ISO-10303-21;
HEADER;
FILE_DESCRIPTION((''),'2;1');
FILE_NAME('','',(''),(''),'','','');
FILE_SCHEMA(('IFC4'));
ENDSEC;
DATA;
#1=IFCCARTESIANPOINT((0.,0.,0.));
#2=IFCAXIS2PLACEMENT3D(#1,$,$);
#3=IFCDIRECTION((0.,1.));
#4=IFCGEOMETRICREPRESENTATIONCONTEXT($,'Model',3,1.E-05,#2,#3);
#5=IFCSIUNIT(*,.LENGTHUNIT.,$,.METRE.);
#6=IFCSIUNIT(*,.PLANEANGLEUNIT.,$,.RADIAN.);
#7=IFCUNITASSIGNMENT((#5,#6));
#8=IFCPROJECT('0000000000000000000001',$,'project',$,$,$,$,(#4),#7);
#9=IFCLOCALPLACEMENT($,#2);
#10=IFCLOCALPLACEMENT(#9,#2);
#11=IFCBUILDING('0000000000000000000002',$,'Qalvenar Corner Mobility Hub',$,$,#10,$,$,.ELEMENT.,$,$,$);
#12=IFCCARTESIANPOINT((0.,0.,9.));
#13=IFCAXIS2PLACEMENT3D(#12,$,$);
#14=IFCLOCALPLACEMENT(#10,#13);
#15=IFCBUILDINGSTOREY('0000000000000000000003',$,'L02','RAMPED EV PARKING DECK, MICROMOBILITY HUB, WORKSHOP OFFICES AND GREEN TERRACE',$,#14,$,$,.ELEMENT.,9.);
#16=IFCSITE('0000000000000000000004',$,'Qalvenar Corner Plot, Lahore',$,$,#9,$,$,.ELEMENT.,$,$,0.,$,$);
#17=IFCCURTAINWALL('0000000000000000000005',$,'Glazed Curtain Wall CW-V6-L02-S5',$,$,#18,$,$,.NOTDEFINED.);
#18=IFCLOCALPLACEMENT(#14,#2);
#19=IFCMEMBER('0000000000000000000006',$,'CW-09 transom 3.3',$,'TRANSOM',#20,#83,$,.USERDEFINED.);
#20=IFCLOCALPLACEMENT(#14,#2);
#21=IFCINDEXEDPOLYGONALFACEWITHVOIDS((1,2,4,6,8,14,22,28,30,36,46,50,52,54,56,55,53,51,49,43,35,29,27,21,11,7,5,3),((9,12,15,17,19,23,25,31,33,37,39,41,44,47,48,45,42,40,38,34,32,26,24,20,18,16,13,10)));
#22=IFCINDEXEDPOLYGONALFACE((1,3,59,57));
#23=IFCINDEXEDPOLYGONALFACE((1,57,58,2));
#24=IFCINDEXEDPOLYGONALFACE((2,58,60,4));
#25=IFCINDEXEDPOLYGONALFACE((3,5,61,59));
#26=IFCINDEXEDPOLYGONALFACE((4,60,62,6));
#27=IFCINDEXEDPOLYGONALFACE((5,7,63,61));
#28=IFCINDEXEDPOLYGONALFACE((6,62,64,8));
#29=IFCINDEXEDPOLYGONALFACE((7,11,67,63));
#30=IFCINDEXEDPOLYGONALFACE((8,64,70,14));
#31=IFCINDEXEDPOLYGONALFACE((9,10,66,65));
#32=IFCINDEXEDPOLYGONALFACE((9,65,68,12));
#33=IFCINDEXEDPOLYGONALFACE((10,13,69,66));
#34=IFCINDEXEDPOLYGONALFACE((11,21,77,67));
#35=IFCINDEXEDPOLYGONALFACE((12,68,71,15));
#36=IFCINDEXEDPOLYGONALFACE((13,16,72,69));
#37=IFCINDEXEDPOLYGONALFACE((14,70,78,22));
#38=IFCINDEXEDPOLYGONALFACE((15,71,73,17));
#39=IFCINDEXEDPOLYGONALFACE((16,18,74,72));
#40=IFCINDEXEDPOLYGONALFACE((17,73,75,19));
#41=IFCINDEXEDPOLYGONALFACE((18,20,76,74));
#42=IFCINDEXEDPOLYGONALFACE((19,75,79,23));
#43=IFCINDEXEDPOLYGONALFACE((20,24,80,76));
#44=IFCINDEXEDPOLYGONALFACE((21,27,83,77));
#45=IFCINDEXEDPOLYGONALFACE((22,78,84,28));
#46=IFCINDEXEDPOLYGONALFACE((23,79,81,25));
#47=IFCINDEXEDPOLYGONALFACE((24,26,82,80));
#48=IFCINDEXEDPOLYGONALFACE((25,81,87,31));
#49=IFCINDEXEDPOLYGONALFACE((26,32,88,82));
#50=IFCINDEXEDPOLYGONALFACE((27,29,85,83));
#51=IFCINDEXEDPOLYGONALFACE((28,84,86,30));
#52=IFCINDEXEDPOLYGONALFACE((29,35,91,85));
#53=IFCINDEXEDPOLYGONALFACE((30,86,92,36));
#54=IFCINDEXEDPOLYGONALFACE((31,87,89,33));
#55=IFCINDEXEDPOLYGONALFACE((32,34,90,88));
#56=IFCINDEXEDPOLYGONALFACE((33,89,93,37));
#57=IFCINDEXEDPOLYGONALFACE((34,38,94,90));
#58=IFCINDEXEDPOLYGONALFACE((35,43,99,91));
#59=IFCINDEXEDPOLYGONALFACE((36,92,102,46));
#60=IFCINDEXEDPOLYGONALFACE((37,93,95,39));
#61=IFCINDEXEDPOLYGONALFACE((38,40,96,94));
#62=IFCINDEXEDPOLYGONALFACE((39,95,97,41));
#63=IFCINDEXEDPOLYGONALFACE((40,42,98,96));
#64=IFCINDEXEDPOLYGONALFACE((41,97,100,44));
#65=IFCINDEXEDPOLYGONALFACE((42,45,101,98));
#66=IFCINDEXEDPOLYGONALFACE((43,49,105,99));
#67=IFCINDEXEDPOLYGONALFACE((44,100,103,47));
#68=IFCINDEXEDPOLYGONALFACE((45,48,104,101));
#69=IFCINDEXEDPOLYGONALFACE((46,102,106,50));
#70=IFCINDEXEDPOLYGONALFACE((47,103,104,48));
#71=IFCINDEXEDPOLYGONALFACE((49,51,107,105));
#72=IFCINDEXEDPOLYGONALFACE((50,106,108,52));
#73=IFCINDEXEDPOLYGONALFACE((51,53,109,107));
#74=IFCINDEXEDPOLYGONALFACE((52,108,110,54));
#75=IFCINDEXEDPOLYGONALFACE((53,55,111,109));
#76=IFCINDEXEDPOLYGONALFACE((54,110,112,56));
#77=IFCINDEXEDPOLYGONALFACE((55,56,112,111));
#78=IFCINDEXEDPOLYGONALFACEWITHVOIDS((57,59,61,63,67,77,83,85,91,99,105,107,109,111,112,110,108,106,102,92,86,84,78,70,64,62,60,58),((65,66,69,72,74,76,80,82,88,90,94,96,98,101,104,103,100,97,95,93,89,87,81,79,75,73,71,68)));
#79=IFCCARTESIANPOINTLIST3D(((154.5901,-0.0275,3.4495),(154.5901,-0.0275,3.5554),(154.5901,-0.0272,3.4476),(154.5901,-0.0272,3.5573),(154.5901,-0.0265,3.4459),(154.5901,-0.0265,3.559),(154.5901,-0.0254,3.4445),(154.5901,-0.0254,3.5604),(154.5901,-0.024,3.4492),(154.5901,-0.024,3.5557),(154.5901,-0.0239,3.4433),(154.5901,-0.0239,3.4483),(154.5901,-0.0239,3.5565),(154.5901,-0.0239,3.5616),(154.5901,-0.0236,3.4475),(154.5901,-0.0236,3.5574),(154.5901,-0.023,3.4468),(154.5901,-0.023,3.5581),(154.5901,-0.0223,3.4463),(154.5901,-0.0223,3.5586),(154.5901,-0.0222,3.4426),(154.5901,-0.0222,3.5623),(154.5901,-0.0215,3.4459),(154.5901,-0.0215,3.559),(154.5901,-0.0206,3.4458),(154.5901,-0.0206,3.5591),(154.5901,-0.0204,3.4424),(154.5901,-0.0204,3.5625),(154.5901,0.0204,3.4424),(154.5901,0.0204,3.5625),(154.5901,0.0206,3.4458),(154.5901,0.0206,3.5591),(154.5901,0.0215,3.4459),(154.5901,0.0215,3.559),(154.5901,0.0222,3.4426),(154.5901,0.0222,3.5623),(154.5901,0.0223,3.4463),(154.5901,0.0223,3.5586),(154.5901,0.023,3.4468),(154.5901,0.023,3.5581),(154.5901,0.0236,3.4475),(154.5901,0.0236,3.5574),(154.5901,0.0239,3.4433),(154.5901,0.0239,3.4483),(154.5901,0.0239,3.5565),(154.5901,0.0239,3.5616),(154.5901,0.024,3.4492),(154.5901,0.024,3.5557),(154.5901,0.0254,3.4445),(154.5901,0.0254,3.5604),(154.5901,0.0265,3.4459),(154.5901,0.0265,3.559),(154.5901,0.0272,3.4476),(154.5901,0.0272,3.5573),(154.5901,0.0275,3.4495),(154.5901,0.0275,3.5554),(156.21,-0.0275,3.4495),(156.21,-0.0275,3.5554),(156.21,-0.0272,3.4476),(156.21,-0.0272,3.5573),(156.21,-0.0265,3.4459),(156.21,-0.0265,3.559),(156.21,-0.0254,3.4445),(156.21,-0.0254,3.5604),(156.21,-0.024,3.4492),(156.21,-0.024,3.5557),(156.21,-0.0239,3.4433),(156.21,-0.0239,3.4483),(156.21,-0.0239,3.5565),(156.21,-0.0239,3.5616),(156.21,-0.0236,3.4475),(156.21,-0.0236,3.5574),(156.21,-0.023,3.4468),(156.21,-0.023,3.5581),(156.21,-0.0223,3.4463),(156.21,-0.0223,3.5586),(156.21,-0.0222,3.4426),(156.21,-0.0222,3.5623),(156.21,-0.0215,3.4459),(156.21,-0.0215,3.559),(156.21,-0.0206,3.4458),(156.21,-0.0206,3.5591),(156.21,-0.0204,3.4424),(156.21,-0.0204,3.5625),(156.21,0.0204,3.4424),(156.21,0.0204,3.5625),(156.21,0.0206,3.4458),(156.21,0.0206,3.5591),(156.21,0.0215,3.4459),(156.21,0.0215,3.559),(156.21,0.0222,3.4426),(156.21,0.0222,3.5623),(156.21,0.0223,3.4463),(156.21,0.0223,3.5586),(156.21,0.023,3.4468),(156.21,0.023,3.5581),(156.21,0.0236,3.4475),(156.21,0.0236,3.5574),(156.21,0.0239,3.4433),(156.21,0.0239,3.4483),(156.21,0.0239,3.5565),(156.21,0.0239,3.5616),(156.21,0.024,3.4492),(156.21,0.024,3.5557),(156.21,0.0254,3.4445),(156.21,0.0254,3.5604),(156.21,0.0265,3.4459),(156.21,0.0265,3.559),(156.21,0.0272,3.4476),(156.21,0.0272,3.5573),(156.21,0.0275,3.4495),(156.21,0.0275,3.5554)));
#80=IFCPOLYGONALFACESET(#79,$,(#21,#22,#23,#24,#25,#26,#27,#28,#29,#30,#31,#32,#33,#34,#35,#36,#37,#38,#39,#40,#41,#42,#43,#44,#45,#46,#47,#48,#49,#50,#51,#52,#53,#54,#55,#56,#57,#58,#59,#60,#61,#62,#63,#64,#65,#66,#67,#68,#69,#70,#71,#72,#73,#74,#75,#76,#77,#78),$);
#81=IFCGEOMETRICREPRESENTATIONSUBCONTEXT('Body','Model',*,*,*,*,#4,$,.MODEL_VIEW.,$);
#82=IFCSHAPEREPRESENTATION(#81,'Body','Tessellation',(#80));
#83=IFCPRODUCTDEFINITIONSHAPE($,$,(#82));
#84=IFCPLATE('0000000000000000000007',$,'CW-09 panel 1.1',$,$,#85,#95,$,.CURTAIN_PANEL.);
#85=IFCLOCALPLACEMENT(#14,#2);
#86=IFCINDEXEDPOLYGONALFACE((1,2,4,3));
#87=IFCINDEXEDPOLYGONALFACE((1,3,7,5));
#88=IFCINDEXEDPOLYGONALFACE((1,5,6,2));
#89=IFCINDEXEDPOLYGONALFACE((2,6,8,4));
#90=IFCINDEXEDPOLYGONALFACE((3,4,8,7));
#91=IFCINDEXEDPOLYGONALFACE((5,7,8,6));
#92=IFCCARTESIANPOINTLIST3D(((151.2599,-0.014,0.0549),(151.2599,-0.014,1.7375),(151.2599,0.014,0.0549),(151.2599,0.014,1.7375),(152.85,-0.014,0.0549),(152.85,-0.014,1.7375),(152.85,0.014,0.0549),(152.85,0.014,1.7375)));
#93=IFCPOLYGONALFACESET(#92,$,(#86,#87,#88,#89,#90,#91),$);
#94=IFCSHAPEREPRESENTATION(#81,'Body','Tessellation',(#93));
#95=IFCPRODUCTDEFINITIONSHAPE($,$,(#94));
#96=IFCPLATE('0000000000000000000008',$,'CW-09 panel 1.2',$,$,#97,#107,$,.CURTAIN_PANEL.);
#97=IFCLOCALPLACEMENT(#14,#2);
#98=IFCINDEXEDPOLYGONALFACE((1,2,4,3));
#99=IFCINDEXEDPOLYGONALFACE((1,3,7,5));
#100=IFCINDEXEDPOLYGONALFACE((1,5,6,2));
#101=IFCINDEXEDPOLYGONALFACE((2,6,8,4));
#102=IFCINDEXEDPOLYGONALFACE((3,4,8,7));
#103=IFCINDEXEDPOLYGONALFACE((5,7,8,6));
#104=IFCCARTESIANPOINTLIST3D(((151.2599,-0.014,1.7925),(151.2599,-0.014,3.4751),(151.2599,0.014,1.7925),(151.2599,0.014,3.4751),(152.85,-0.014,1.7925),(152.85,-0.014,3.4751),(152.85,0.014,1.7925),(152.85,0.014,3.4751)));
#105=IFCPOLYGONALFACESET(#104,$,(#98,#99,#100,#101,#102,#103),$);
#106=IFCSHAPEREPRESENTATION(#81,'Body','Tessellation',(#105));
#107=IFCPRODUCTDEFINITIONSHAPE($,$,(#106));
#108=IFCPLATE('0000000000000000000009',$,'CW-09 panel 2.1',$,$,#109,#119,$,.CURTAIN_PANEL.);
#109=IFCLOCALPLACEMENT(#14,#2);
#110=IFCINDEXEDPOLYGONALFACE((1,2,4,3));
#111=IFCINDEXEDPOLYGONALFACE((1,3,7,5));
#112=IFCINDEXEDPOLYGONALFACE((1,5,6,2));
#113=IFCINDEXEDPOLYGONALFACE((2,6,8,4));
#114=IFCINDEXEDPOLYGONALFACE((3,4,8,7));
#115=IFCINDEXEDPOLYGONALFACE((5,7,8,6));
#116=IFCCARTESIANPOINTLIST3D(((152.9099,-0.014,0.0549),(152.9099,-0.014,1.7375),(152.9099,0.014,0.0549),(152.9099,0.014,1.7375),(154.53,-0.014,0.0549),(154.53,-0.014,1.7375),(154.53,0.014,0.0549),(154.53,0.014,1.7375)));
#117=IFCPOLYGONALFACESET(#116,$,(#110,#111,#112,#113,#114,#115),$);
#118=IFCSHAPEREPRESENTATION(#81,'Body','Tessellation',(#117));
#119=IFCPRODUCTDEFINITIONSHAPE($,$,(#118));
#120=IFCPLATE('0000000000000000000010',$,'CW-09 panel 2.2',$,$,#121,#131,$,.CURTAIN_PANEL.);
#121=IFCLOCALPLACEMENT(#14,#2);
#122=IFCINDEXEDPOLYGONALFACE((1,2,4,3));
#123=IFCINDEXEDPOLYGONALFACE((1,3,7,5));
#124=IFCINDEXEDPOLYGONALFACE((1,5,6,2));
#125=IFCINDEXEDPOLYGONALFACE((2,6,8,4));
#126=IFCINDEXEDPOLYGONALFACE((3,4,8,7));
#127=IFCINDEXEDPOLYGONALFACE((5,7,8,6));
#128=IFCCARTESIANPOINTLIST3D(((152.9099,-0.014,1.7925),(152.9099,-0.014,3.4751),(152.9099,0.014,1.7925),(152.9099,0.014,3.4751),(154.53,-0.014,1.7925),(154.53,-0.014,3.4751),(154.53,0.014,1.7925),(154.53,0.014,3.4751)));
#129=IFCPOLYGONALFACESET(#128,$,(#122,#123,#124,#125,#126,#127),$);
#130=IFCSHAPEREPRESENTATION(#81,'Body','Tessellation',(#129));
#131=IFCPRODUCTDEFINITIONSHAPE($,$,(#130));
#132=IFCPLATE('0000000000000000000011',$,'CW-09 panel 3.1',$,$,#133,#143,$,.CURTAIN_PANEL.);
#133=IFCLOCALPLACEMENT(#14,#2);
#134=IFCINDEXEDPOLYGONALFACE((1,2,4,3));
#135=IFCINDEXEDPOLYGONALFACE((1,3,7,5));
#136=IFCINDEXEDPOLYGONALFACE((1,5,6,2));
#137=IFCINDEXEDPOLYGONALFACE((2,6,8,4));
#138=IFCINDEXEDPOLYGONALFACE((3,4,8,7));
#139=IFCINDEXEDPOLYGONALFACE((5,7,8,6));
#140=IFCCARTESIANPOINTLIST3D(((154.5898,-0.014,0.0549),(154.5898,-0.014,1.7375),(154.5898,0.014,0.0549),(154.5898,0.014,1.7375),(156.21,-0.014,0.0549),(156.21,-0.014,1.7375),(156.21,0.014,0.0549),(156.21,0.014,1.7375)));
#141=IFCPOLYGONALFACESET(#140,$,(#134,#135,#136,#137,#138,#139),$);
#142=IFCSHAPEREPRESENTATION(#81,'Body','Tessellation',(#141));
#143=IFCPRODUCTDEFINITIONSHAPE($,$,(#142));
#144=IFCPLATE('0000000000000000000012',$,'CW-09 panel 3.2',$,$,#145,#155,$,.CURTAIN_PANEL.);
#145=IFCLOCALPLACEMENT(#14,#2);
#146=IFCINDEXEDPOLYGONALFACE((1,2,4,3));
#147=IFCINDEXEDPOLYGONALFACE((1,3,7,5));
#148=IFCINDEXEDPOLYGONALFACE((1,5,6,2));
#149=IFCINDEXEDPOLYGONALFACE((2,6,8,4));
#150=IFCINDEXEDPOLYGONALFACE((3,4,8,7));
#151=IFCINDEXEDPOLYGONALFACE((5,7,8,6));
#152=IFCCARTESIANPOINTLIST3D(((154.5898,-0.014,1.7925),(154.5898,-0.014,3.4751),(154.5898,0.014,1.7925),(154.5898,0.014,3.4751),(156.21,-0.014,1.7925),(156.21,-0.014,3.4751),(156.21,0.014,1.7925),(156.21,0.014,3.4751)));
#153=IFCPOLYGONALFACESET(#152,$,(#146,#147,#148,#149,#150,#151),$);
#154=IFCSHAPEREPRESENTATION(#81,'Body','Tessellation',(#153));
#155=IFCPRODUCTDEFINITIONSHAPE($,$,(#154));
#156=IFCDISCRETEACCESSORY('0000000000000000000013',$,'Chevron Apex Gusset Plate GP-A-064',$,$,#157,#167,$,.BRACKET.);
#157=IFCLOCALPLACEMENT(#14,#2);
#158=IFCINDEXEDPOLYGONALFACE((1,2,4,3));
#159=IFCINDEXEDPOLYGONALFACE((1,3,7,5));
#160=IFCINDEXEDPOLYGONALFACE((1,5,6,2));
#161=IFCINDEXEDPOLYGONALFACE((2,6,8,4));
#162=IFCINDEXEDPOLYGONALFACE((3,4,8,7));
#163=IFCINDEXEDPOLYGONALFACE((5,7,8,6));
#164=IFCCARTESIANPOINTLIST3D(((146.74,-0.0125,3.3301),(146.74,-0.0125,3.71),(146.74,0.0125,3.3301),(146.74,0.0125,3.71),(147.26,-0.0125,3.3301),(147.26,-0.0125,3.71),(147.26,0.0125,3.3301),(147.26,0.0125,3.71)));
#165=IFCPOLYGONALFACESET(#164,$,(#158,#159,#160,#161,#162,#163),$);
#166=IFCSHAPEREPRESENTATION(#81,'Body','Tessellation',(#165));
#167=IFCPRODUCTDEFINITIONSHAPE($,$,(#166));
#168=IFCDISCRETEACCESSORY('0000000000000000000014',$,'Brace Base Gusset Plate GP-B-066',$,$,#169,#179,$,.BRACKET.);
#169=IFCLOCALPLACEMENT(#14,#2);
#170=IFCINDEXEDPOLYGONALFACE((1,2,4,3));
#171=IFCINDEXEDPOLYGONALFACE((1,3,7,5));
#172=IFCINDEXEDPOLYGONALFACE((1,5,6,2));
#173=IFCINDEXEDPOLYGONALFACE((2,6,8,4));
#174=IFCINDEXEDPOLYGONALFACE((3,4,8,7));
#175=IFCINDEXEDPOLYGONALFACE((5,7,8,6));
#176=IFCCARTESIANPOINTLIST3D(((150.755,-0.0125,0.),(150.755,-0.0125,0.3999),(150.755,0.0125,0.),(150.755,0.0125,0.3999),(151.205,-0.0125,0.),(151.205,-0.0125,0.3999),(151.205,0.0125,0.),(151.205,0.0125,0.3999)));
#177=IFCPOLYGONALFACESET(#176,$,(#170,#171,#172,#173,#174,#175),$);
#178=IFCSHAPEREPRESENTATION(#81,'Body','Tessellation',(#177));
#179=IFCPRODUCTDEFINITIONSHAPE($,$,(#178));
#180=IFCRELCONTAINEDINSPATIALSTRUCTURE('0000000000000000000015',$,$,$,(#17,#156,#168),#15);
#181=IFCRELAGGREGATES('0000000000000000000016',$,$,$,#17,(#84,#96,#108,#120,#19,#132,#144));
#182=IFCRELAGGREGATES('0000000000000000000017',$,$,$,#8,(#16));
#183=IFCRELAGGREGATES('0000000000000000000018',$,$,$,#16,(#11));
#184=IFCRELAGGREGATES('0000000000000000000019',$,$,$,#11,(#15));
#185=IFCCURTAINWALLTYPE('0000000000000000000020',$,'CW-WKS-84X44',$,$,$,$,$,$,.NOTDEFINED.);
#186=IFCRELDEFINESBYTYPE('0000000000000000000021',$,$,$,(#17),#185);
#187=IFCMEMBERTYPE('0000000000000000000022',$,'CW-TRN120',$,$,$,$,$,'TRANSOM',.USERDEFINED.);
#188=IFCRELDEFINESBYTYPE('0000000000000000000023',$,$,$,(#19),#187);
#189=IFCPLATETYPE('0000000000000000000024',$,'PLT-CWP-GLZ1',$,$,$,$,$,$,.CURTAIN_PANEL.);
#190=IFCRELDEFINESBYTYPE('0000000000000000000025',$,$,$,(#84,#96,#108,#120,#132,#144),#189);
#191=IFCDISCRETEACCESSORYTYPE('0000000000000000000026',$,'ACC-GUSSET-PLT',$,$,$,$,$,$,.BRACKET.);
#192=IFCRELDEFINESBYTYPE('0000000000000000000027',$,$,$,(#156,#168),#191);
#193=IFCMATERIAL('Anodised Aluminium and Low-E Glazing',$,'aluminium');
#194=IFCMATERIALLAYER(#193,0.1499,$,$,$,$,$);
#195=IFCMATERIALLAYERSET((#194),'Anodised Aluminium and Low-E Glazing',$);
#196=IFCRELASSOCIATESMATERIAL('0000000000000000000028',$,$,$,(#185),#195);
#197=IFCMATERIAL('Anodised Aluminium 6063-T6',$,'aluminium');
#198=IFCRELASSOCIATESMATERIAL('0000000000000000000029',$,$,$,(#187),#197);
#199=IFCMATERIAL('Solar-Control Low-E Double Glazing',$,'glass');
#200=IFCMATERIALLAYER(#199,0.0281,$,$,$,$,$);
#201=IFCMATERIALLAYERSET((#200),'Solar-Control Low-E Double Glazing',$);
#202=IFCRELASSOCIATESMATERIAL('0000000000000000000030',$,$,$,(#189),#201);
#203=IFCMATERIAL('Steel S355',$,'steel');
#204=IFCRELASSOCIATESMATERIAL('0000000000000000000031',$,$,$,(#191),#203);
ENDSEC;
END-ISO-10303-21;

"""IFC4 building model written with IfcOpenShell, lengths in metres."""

from ifc_helpers import new_model, si_unit, direction, frame, origin, origin_2d, place, context, subcontext, project, spatial, rectangle, hollow_rectangle, extrude, material, layer, layer_set, material_profile, profile_set, type_object, element, aggregate, save


model = new_model("IFC4")

# Units and contexts
model_context = context("Model", 3, precision=1e-05, world=origin(), true_north=direction((0.0, 1.0)))
body_context = subcontext(model_context, "Body", "Model", "MODEL_VIEW")
ifc_project = project(units=[si_unit("LENGTHUNIT", "METRE"), si_unit("PLANEANGLEUNIT", "RADIAN")], contexts=[model_context])

# Site, building, storey
site_placement = place(None, origin())
site = spatial("IfcSite", under=ifc_project, at=site_placement, Name="Qalvenar Corner Plot, Lahore", CompositionType="ELEMENT", RefElevation=0.0)
building_placement = place(site_placement, origin())
building = spatial("IfcBuilding", under=site, at=building_placement, Name="Qalvenar Corner Mobility Hub", CompositionType="ELEMENT")
storey_placement = place(building_placement, frame((0.0, 0.0, 9.0)))
storey = spatial("IfcBuildingStorey", under=building, at=storey_placement, Name="L02", Description="RAMPED EV PARKING DECK, MICROMOBILITY HUB, WORKSHOP OFFICES AND GREEN TERRACE", CompositionType="ELEMENT", Elevation=9.0)

# Shared definitions
ifc_material_1 = material(Name="Steel S355", Category="steel")

# Curtain wall, member, plates
ifc_material_2 = material(Name="Anodised Aluminium and Low-E Glazing", Category="aluminium")
ifc_layer_1 = layer(ifc_material_2, 0.1499)
ifc_layer_set_1 = layer_set([ifc_layer_1], Name="Anodised Aluminium and Low-E Glazing")
curtain_wall_type = type_object("IfcCurtainWallType", Name="CW-WKS-84X44", PredefinedType="NOTDEFINED", material=ifc_layer_set_1)
curtain_wall_placement = place(storey_placement, origin())
curtain_wall = element("IfcCurtainWall", 1, at=curtain_wall_placement, inside=storey, type_object=curtain_wall_type, Name="Glazed Curtain Wall CW-V6-L02-S5", PredefinedType="NOTDEFINED")
ifc_material_3 = material(Name="Anodised Aluminium 6063-T6", Category="aluminium")
ifc_material_profile_1 = material_profile(ifc_material_3, hollow_rectangle(XDim=0.0549, YDim=0.1201, WallThickness=0.0034, InnerFilletRadius=0.0034, OuterFilletRadius=0.0071, at=origin_2d()), Name="RHS120x55x3.5")
ifc_profile_set_1 = profile_set([ifc_material_profile_1], Name="Anodised Aluminium 6063-T6")
member_type_1 = type_object("IfcMemberType", Name="CW-TRN120", ElementType="TRANSOM", PredefinedType="USERDEFINED", material=ifc_profile_set_1)
member_1_placement = place(storey_placement, frame((154.5901, 0.0, 3.5024), z_axis=(1.0, 0.0, 0.0), x_axis=(0.0, 1.0, 0.0)))
member_1 = element("IfcMember", 2, at=member_1_placement, type_object=member_type_1, Name="CW-09 transom 3.3", ObjectType="TRANSOM", PredefinedType="USERDEFINED", context=body_context, shape_type="SweptSolid", body=[
    extrude(hollow_rectangle(XDim=0.0549, YDim=0.1201, WallThickness=0.0034, InnerFilletRadius=0.0034, OuterFilletRadius=0.0071, at=origin_2d()), origin(), (0.0, 0.0, 1.0), 1.6199),
])
ifc_material_4 = material(Name="Solar-Control Low-E Double Glazing", Category="glass")
ifc_layer_2 = layer(ifc_material_4, 0.0281)
ifc_layer_set_2 = layer_set([ifc_layer_2], Name="Solar-Control Low-E Double Glazing")
plate_type = type_object("IfcPlateType", Name="PLT-CWP-GLZ1", PredefinedType="CURTAIN_PANEL", material=ifc_layer_set_2)
plate_1_placement = place(storey_placement, frame((152.0549, 0.0, 0.0549), z_axis=(0.0, 0.0, 1.0), x_axis=(1.0, 0.0, 0.0)))
plate_1 = element("IfcPlate", 3, at=plate_1_placement, type_object=plate_type, Name="CW-09 panel 1.1", PredefinedType="CURTAIN_PANEL", context=body_context, shape_type="SweptSolid", body=[
    extrude(rectangle(XDim=1.5901, YDim=0.0281, at=origin_2d()), origin(), (0.0, 0.0, 1.0), 1.6826),
])
plate_2_placement = place(storey_placement, frame((152.0549, 0.0, 1.7925), z_axis=(0.0, 0.0, 1.0), x_axis=(1.0, 0.0, 0.0)))
plate_2 = element("IfcPlate", 4, at=plate_2_placement, type_object=plate_type, Name="CW-09 panel 1.2", PredefinedType="CURTAIN_PANEL", context=body_context, shape_type="SweptSolid", body=[
    extrude(rectangle(XDim=1.5901, YDim=0.0281, at=origin_2d()), origin(), (0.0, 0.0, 1.0), 1.6826),
])
plate_3_placement = place(storey_placement, frame((153.72, 0.0, 0.0549), z_axis=(0.0, 0.0, 1.0), x_axis=(1.0, 0.0, 0.0)))
plate_3 = element("IfcPlate", 5, at=plate_3_placement, type_object=plate_type, Name="CW-09 panel 2.1", PredefinedType="CURTAIN_PANEL", context=body_context, shape_type="SweptSolid", body=[
    extrude(rectangle(XDim=1.6201, YDim=0.0281, at=origin_2d()), origin(), (0.0, 0.0, 1.0), 1.6826),
])
plate_4_placement = place(storey_placement, frame((153.72, 0.0, 1.7925), z_axis=(0.0, 0.0, 1.0), x_axis=(1.0, 0.0, 0.0)))
plate_4 = element("IfcPlate", 6, at=plate_4_placement, type_object=plate_type, Name="CW-09 panel 2.2", PredefinedType="CURTAIN_PANEL", context=body_context, shape_type="SweptSolid", body=[
    extrude(rectangle(XDim=1.6201, YDim=0.0281, at=origin_2d()), origin(), (0.0, 0.0, 1.0), 1.6826),
])
plate_5_placement = place(storey_placement, frame((155.3999, 0.0, 0.0549), z_axis=(0.0, 0.0, 1.0), x_axis=(1.0, 0.0, 0.0)))
plate_5 = element("IfcPlate", 7, at=plate_5_placement, type_object=plate_type, Name="CW-09 panel 3.1", PredefinedType="CURTAIN_PANEL", context=body_context, shape_type="SweptSolid", body=[
    extrude(rectangle(XDim=1.6201, YDim=0.0281, at=origin_2d()), origin(), (0.0, 0.0, 1.0), 1.6826),
])
plate_6_placement = place(storey_placement, frame((155.3999, 0.0, 1.7925), z_axis=(0.0, 0.0, 1.0), x_axis=(1.0, 0.0, 0.0)))
plate_6 = element("IfcPlate", 8, at=plate_6_placement, type_object=plate_type, Name="CW-09 panel 3.2", PredefinedType="CURTAIN_PANEL", context=body_context, shape_type="SweptSolid", body=[
    extrude(rectangle(XDim=1.6201, YDim=0.0281, at=origin_2d()), origin(), (0.0, 0.0, 1.0), 1.6826),
])
aggregate(curtain_wall, [plate_1, plate_2, plate_3, plate_4, member_1, plate_5, plate_6])

# Discrete accessories
discrete_accessory_type = type_object("IfcDiscreteAccessoryType", Name="ACC-GUSSET-PLT", PredefinedType="BRACKET", material=ifc_material_1)
discrete_accessory_1_placement = place(storey_placement, frame((147.0, 0.0, 3.3301), z_axis=(0.0, 0.0, 1.0), x_axis=(1.0, 0.0, 0.0)))
element("IfcDiscreteAccessory", 9, at=discrete_accessory_1_placement, inside=storey, type_object=discrete_accessory_type, Name="Chevron Apex Gusset Plate GP-A-064", PredefinedType="BRACKET", context=body_context, shape_type="SweptSolid", body=[
    extrude(rectangle(XDim=0.52, YDim=0.0249, at=origin_2d()), origin(), (0.0, 0.0, 1.0), 0.3799),
])
discrete_accessory_2_placement = place(storey_placement, frame((150.98, 0.0, 0.0), z_axis=(0.0, 0.0, 1.0), x_axis=(1.0, 0.0, 0.0)))
element("IfcDiscreteAccessory", 10, at=discrete_accessory_2_placement, inside=storey, type_object=discrete_accessory_type, Name="Brace Base Gusset Plate GP-B-066", PredefinedType="BRACKET", context=body_context, shape_type="SweptSolid", body=[
    extrude(rectangle(XDim=0.45, YDim=0.0249, at=origin_2d()), origin(), (0.0, 0.0, 1.0), 0.3999),
])

save(model, "model.ifc")
